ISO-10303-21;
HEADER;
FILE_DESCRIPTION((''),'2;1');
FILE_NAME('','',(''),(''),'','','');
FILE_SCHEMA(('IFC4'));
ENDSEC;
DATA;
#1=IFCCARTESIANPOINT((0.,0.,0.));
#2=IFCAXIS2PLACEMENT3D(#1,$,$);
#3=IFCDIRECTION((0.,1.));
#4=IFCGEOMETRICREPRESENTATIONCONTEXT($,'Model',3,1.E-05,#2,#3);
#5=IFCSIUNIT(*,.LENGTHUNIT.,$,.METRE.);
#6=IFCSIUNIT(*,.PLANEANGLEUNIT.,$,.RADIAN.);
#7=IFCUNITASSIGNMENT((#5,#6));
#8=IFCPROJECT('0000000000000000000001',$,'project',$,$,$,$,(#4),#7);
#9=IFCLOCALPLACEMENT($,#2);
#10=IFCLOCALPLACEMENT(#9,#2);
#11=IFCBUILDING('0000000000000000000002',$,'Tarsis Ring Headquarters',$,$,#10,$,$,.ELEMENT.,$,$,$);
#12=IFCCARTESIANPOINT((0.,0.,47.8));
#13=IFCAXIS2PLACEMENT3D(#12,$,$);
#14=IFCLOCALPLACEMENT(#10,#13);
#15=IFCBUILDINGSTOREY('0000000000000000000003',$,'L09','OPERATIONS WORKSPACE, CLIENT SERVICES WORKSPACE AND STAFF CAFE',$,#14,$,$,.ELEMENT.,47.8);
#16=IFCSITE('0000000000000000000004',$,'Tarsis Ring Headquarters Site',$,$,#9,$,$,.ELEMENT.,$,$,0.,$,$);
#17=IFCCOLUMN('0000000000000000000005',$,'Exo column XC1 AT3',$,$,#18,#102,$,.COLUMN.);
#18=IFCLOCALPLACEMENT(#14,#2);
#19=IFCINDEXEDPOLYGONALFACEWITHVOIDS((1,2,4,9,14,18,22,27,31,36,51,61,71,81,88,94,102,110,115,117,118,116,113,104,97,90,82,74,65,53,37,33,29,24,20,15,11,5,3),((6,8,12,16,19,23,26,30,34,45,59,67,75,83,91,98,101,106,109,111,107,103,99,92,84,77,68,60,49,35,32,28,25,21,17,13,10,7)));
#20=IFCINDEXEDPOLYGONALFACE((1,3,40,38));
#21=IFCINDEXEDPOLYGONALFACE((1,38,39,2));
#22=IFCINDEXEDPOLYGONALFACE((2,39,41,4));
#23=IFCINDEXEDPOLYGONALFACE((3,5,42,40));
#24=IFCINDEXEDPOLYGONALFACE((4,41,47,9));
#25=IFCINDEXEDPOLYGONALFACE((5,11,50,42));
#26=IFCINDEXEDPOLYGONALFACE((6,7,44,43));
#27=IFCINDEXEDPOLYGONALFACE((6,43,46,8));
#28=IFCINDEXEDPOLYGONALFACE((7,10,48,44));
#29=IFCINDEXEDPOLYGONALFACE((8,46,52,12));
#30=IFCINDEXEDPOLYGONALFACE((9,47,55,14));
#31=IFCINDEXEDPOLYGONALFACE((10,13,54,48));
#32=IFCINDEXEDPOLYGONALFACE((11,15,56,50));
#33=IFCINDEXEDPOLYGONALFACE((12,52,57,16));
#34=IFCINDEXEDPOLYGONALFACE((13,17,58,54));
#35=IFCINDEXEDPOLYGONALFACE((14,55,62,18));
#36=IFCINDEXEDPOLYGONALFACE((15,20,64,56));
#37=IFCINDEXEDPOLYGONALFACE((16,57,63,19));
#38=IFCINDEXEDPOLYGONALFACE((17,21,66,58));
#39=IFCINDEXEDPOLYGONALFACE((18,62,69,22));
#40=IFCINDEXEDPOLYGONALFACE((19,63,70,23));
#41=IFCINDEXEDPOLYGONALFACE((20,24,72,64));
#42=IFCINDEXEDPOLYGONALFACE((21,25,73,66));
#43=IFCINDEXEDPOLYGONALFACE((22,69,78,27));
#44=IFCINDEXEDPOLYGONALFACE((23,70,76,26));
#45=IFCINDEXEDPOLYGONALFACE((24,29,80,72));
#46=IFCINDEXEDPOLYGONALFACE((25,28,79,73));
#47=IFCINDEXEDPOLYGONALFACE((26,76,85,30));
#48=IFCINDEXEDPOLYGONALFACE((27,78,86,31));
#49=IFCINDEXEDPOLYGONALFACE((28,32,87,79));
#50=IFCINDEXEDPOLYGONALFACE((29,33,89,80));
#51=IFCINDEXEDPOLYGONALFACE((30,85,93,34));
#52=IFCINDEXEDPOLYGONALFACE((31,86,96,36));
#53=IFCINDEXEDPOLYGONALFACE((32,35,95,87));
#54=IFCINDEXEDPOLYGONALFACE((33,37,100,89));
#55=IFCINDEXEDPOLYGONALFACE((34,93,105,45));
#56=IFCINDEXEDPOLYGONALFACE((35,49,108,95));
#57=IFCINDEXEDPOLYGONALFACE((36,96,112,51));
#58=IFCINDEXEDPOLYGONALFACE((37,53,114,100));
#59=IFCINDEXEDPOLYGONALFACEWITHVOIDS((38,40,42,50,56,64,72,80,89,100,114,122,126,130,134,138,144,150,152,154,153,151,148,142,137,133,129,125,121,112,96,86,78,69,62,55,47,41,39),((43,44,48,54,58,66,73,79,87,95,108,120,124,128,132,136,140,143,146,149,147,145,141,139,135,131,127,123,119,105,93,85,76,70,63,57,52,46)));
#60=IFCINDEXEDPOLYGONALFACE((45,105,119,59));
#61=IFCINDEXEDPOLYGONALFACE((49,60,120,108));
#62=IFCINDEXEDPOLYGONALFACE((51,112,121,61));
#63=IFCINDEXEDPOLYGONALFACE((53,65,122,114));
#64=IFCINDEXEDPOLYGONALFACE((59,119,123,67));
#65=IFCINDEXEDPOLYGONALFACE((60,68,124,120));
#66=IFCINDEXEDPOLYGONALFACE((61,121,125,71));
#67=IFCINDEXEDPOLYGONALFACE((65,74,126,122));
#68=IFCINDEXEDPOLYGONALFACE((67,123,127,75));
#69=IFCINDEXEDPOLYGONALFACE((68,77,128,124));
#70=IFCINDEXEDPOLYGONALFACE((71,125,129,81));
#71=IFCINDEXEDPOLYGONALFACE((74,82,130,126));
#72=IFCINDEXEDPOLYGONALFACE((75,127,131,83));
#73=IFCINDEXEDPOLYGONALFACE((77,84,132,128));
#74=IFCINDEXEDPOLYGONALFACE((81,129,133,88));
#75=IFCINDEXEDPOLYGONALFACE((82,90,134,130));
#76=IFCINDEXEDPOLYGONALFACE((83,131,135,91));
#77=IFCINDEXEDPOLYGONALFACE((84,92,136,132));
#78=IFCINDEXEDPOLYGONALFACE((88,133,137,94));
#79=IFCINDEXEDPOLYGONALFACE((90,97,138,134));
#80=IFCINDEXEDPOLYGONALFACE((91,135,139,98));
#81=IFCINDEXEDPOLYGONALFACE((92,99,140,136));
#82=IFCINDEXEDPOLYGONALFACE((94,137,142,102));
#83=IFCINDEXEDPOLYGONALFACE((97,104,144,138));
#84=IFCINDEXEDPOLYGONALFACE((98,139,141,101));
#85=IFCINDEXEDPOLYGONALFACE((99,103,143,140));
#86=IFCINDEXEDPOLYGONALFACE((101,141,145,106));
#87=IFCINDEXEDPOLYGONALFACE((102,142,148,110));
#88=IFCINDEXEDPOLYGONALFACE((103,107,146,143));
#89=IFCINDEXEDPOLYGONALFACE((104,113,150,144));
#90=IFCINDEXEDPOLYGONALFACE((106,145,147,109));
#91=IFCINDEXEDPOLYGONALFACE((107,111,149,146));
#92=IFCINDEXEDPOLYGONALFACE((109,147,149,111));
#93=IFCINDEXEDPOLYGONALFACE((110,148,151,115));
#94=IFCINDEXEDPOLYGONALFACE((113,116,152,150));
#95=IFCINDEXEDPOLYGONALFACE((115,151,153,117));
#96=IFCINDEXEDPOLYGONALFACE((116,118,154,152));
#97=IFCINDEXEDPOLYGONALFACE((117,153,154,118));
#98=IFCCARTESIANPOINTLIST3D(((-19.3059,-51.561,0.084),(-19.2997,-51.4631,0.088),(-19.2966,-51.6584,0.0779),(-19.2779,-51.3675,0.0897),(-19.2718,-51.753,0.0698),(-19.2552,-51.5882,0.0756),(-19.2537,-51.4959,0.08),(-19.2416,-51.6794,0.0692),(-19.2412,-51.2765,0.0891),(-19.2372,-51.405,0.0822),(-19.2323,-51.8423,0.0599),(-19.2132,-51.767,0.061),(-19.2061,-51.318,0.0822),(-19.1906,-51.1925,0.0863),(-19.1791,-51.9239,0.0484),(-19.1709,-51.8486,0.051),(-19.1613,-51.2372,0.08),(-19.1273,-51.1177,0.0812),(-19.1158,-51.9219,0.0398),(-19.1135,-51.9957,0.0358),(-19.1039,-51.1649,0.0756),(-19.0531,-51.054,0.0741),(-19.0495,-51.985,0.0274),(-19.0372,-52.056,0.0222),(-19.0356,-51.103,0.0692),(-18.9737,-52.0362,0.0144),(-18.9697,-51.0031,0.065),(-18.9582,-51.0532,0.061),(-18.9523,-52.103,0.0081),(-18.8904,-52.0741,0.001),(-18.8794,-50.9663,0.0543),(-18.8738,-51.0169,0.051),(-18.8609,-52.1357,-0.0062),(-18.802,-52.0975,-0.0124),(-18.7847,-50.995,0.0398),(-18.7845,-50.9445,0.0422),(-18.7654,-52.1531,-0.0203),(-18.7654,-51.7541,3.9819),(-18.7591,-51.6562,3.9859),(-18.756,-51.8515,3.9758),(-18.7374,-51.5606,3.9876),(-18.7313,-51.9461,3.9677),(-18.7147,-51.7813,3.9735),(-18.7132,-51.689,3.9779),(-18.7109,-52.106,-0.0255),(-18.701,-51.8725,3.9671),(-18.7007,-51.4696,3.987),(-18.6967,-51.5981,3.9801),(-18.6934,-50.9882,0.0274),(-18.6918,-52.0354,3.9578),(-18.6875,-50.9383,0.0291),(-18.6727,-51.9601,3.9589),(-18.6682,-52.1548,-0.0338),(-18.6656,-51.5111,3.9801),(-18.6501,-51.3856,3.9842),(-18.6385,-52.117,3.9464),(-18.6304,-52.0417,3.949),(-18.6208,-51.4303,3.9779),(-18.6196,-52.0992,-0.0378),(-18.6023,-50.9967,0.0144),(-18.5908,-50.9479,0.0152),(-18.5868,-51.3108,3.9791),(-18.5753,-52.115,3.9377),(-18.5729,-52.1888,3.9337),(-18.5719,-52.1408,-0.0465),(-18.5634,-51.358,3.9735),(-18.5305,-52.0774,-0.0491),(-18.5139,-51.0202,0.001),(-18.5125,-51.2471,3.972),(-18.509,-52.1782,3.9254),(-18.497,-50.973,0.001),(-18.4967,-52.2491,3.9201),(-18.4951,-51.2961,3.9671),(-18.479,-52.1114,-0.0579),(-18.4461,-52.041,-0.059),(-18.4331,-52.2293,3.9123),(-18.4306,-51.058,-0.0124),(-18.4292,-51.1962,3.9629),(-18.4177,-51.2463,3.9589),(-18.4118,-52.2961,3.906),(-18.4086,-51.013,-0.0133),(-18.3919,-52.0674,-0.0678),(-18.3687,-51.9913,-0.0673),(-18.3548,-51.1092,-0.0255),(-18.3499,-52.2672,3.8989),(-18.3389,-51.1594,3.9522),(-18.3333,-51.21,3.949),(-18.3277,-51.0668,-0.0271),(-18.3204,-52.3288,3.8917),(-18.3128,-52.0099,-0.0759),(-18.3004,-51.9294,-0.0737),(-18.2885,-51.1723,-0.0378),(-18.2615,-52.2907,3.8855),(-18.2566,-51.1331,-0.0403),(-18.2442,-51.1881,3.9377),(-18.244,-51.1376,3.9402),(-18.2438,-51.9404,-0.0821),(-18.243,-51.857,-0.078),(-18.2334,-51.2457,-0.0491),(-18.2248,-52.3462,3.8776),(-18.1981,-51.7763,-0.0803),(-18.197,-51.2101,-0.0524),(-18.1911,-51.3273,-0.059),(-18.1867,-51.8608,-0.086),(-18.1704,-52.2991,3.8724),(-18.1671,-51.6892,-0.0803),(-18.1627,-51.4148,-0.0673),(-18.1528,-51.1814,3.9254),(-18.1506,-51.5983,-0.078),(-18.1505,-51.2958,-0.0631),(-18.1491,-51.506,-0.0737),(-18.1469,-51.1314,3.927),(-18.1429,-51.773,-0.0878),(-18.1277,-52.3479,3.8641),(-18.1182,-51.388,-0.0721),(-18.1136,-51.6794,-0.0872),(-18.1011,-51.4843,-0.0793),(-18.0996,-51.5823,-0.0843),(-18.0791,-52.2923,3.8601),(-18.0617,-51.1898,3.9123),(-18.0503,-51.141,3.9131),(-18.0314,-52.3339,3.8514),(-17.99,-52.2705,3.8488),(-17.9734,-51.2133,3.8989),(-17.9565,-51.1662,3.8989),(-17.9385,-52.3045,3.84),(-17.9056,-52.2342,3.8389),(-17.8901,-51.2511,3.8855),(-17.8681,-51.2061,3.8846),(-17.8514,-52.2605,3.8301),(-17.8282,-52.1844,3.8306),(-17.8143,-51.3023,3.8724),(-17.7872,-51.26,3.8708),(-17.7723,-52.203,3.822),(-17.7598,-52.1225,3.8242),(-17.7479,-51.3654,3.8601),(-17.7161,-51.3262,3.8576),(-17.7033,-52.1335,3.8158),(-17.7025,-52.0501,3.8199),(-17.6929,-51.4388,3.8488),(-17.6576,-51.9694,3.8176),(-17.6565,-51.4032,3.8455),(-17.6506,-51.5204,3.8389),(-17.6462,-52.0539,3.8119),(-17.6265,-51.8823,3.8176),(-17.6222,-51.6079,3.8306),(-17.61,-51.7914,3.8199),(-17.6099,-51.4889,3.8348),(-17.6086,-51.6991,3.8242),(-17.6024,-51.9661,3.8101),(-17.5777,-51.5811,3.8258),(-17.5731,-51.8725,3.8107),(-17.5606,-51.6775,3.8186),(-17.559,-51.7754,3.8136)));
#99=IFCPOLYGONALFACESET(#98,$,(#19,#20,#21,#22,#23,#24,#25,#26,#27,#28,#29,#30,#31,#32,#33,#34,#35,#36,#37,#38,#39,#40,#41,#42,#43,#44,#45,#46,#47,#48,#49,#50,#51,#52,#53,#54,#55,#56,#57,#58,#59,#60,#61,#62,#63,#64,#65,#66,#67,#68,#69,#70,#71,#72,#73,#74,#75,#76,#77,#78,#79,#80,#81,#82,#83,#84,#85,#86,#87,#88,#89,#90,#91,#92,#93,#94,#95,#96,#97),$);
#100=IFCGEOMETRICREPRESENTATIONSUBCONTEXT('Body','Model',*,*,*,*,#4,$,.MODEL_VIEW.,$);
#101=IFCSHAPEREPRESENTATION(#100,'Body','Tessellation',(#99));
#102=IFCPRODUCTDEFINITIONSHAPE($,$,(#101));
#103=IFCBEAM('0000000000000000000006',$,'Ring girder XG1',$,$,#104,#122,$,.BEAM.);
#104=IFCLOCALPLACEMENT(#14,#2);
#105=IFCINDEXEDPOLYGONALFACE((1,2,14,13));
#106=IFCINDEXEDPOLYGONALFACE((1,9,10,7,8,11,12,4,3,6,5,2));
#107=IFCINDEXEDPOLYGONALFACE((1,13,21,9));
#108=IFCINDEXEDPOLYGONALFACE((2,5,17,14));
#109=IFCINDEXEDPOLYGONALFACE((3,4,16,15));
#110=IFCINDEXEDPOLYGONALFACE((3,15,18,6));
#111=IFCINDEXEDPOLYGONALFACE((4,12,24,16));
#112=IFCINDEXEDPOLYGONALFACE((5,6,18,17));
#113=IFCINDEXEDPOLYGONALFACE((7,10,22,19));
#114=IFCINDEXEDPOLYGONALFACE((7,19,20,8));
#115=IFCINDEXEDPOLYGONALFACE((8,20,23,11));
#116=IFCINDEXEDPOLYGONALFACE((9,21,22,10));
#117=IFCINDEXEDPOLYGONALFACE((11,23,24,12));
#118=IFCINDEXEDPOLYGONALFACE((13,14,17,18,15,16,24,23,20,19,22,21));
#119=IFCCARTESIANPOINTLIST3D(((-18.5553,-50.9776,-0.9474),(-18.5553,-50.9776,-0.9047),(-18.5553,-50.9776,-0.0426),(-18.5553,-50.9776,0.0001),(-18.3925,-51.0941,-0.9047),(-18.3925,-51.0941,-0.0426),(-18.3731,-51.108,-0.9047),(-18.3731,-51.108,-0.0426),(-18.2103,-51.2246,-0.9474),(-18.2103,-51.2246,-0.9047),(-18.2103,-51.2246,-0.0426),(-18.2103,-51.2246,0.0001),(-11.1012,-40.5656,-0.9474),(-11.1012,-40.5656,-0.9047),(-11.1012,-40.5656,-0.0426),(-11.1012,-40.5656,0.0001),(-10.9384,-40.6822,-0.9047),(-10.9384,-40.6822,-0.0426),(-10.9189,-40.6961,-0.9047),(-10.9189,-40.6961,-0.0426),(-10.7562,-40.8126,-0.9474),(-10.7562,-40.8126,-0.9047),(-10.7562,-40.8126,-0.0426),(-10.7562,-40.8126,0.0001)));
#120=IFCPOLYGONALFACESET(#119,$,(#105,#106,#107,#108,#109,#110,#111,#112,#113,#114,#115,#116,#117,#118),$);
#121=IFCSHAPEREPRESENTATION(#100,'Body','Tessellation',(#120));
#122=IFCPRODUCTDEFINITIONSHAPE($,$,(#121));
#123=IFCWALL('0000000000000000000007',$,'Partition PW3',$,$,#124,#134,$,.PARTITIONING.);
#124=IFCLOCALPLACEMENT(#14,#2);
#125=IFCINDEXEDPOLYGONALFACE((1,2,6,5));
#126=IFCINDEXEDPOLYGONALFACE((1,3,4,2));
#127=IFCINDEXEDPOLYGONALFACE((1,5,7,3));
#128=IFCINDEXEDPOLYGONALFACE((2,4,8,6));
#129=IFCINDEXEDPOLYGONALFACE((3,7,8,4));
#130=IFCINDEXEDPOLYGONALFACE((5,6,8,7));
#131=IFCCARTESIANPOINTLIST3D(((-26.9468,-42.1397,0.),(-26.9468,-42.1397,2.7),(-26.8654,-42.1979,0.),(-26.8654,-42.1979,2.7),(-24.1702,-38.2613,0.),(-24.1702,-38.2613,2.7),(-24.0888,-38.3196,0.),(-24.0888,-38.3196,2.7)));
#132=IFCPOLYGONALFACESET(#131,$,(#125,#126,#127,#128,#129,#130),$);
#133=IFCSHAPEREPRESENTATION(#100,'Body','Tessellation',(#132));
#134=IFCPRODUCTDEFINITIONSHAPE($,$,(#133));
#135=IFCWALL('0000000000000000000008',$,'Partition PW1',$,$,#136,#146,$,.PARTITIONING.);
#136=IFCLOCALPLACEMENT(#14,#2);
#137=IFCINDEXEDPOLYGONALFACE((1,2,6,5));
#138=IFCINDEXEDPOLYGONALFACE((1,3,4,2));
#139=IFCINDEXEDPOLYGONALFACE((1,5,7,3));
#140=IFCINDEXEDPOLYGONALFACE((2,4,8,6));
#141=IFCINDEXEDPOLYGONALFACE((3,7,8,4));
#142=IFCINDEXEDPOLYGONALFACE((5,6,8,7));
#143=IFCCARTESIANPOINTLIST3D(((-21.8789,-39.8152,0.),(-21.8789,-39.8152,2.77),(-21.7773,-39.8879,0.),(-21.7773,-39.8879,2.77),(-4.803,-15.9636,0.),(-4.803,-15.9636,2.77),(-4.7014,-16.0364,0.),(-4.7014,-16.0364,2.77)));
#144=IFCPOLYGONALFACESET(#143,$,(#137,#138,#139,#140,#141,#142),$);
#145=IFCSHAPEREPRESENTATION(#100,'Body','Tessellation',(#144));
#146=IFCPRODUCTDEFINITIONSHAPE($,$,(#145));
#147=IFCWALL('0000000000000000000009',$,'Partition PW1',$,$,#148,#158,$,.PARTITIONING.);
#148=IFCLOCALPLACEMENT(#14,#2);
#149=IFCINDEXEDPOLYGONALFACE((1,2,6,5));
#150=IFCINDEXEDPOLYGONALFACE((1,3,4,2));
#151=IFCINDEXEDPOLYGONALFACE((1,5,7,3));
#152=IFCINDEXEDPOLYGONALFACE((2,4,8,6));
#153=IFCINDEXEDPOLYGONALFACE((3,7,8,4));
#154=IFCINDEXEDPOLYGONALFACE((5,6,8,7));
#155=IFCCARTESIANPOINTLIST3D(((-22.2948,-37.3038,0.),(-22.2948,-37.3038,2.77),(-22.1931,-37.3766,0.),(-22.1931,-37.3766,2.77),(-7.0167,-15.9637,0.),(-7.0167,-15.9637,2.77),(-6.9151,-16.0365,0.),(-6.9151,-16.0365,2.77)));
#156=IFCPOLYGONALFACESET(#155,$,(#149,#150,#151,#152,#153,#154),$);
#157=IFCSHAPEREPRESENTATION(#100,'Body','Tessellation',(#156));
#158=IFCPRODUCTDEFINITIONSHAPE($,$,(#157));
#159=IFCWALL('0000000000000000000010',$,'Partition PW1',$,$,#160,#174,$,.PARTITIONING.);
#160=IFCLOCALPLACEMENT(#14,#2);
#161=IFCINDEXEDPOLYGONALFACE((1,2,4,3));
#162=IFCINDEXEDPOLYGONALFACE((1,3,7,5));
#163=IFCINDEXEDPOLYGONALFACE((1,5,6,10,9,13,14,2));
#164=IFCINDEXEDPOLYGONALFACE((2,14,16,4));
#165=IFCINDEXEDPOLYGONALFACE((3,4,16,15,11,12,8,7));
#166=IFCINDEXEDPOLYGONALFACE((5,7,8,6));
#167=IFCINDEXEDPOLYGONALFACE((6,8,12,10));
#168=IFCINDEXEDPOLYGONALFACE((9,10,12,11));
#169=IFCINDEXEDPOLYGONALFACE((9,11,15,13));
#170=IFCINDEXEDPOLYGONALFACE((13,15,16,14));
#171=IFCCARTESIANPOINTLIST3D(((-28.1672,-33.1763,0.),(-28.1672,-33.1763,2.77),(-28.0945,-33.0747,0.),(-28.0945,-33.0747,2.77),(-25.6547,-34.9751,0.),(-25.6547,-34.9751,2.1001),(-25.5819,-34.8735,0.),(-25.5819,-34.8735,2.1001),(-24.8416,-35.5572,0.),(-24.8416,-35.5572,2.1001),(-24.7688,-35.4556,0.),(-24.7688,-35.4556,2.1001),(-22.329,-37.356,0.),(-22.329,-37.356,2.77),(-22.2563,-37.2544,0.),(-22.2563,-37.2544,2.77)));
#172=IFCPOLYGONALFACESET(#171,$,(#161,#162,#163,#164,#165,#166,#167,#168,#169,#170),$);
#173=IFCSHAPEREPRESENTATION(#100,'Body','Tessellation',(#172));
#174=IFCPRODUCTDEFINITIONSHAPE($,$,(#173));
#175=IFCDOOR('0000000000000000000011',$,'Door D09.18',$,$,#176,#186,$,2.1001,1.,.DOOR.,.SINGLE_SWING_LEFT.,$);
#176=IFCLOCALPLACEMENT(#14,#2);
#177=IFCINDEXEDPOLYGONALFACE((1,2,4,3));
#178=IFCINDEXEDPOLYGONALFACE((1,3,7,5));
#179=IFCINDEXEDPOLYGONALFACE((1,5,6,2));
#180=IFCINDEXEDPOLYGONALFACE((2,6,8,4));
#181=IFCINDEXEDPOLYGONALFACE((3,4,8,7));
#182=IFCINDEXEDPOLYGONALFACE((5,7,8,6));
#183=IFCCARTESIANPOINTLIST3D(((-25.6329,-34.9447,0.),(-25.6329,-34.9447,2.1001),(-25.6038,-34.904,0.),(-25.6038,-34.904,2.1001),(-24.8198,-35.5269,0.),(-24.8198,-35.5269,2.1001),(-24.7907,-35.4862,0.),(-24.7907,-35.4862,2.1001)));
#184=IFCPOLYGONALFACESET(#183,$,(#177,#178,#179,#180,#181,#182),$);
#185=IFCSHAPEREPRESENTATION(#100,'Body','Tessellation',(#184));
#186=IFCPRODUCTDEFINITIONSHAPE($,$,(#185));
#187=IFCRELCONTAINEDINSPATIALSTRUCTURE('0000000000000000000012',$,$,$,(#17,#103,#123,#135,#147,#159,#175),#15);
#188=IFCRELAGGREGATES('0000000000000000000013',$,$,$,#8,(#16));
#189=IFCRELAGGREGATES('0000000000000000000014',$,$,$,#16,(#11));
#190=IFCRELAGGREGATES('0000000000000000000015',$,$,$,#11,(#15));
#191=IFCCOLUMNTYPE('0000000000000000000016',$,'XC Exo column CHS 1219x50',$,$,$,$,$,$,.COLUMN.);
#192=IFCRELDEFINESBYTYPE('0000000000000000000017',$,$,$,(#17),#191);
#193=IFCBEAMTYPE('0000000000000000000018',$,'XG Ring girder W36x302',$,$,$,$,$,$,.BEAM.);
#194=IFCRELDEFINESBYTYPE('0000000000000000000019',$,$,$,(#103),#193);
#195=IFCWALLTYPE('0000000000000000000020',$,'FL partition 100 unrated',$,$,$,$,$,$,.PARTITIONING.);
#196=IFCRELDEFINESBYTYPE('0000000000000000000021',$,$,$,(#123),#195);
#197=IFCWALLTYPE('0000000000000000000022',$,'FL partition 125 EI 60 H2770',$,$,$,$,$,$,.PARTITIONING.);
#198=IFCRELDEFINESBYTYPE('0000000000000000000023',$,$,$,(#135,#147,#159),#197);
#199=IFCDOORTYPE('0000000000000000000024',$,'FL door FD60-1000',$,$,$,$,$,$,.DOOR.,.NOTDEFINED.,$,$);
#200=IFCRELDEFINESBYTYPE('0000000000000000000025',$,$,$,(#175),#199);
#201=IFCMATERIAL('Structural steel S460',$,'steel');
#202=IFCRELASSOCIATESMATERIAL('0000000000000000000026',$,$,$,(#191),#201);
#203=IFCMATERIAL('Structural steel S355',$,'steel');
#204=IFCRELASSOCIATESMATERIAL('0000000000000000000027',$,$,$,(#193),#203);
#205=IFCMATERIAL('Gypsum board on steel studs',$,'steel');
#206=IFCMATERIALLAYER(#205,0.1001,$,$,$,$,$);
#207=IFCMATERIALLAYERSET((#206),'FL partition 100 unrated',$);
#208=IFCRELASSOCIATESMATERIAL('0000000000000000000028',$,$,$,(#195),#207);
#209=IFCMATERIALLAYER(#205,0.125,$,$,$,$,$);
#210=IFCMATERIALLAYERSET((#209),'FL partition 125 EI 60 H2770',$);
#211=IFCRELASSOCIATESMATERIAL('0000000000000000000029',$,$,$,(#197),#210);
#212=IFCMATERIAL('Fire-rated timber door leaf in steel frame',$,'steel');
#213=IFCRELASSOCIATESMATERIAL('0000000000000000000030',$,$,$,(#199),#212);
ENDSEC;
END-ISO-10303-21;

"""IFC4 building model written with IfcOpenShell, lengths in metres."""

from ifc_helpers import new_model, si_unit, direction, frame, frame_2d, origin, origin_2d, place, context, subcontext, project, spatial, rectangle, hollow_circle, i_section, extrude, material, layer, layer_set, material_profile, profile_set, type_object, element, fill, save


model = new_model("IFC4")

# Units and contexts
model_context = context("Model", 3, precision=1e-05, world=origin(), true_north=direction((0.0, 1.0)))
body_context = subcontext(model_context, "Body", "Model", "MODEL_VIEW")
ifc_project = project(units=[si_unit("LENGTHUNIT", "METRE"), si_unit("PLANEANGLEUNIT", "RADIAN")], contexts=[model_context])

# Site, building, storey
site_placement = place(None, origin())
site = spatial("IfcSite", under=ifc_project, at=site_placement, Name="Tarsis Ring Headquarters Site", CompositionType="ELEMENT", RefElevation=0.0)
building_placement = place(site_placement, origin())
building = spatial("IfcBuilding", under=site, at=building_placement, Name="Tarsis Ring Headquarters", CompositionType="ELEMENT")
storey_placement = place(building_placement, frame((0.0, 0.0, 47.8)))
storey = spatial("IfcBuildingStorey", under=building, at=storey_placement, Name="L09", Description="OPERATIONS WORKSPACE, CLIENT SERVICES WORKSPACE AND STAFF CAFE", CompositionType="ELEMENT", Elevation=47.8)

# Column
ifc_material_1 = material(Name="Structural steel S460", Category="steel")
ifc_material_profile_1 = material_profile(ifc_material_1, hollow_circle(Radius=0.6096, WallThickness=0.05, at=origin_2d()), Name="CHS 1219x50")
ifc_profile_set_1 = profile_set([ifc_material_profile_1], Name="Structural steel S460")
column_type = type_object("IfcColumnType", Name="XC Exo column CHS 1219x50", PredefinedType="COLUMN", material=ifc_profile_set_1)
column_placement = place(storey_placement, frame((-18.7021, -51.5471, 0.001), z_axis=(0.13719, -0.049014, 0.989331), x_axis=(0.336444, 0.941703, 0.0)))
element("IfcColumn", 1, at=column_placement, inside=storey, type_object=column_type, Name="Exo column XC1 AT3", PredefinedType="COLUMN", context=body_context, shape_type="SweptSolid", body=[
    extrude(hollow_circle(Radius=0.6096, WallThickness=0.05, at=origin_2d()), origin(), (0.0, 0.0, 1.0), 3.9399),
])

# Beam
ifc_material_2 = material(Name="Structural steel S355", Category="steel")
ifc_material_profile_2 = material_profile(ifc_material_2, i_section(OverallWidth=0.4243, OverallDepth=0.9475, WebThickness=0.0239, FlangeThickness=0.0427, at=origin_2d()), Name="W36x302")
ifc_profile_set_2 = profile_set([ifc_material_profile_2], Name="Structural steel S355")
beam_type = type_object("IfcBeamType", Name="XG Ring girder W36x302", PredefinedType="BEAM", material=ifc_profile_set_2)
beam_placement = place(storey_placement, frame((-18.3828, -51.1011, -0.4736), z_axis=(0.58212, 0.813103, 0.0), x_axis=(-0.813103, 0.58212, 0.0)))
element("IfcBeam", 2, at=beam_placement, inside=storey, type_object=beam_type, Name="Ring girder XG1", PredefinedType="BEAM", context=body_context, shape_type="SweptSolid", body=[
    extrude(i_section(OverallWidth=0.4243, OverallDepth=0.9475, WebThickness=0.0239, FlangeThickness=0.0427, at=origin_2d()), origin(), (0.0, 0.0, 1.0), 12.8052),
])

# Walls
ifc_material_3 = material(Name="Gypsum board on steel studs", Category="steel")
ifc_layer_1 = layer(ifc_material_3, 0.1001)
ifc_layer_set_1 = layer_set([ifc_layer_1], Name="FL partition 100 unrated")
wall_type_1 = type_object("IfcWallType", Name="FL partition 100 unrated", PredefinedType="PARTITIONING", material=ifc_layer_set_1)
wall_1_placement = place(storey_placement, frame((-26.906, -42.1687, 0.0), z_axis=(0.0, 0.0, 1.0), x_axis=(0.582114, 0.813107, 0.0)))
element("IfcWall", 3, at=wall_1_placement, inside=storey, type_object=wall_type_1, Name="Partition PW3", PredefinedType="PARTITIONING", context=body_context, shape_type="SweptSolid", body=[
    extrude(rectangle(XDim=4.7698, YDim=0.1001, at=frame_2d((2.3848, 0.0))), origin(), (0.0, 0.0, 1.0), 2.7),
])
ifc_layer_2 = layer(ifc_material_3, 0.125)
ifc_layer_set_2 = layer_set([ifc_layer_2], Name="FL partition 125 EI 60 H2770")
wall_type_2 = type_object("IfcWallType", Name="FL partition 125 EI 60 H2770", PredefinedType="PARTITIONING", material=ifc_layer_set_2)
wall_2_placement = place(storey_placement, frame((-21.8281, -39.8516, 0.0), z_axis=(0.0, 0.0, 1.0), x_axis=(0.58212, 0.813103, 0.0)))
element("IfcWall", 4, at=wall_2_placement, inside=storey, type_object=wall_type_2, Name="Partition PW1", PredefinedType="PARTITIONING", context=body_context, shape_type="SweptSolid", body=[
    extrude(rectangle(XDim=29.334, YDim=0.125, at=frame_2d((14.667, 0.0))), origin(), (0.0, 0.0, 1.0), 2.77),
])
wall_3_placement = place(storey_placement, frame((-22.2439, -37.3401, 0.0), z_axis=(0.0, 0.0, 1.0), x_axis=(0.582125, 0.813099, 0.0)))
element("IfcWall", 5, at=wall_3_placement, inside=storey, type_object=wall_type_2, Name="Partition PW1", PredefinedType="PARTITIONING", context=body_context, shape_type="SweptSolid", body=[
    extrude(rectangle(XDim=26.2454, YDim=0.125, at=frame_2d((13.1226, 0.0))), origin(), (0.0, 0.0, 1.0), 2.77),
])

# Wall, opening, door
wall_4_placement = place(storey_placement, frame((-28.1309, -33.1255, 0.0), z_axis=(0.0, 0.0, 1.0), x_axis=(0.813101, -0.582122, 0.0)))
wall_4 = element("IfcWall", 6, at=wall_4_placement, inside=storey, type_object=wall_type_2, Name="Partition PW1", PredefinedType="PARTITIONING", context=body_context, shape_type="SweptSolid", body=[
    extrude(rectangle(XDim=7.1802, YDim=0.125, at=frame_2d((3.5901, 0.0))), origin(), (0.0, 0.0, 1.0), 2.77),
])
opening_1_placement = place(wall_4_placement, frame((3.0901, 0.0, 0.0)))
opening_1 = element("IfcOpeningElement", 7, at=opening_1_placement, cuts=wall_4, PredefinedType="OPENING", context=body_context, shape_type="SweptSolid", body=[
    extrude(rectangle(XDim=1.0, YDim=2.1001, at=frame_2d((0.5, 1.05))), frame((0.0, 0.0725, 0.0), z_axis=(0.0, -1.0, 0.0), x_axis=(1.0, 0.0, 0.0)), (0.0, 0.0, 1.0), 0.145),
])
ifc_material_4 = material(Name="Fire-rated timber door leaf in steel frame", Category="steel")
door_type_1 = type_object("IfcDoorType", Name="FL door FD60-1000", OperationType="NOTDEFINED", PredefinedType="DOOR", material=ifc_material_4)
door_1_placement = place(opening_1_placement, origin())
door_1 = element("IfcDoor", 8, at=door_1_placement, inside=storey, type_object=door_type_1, Name="Door D09.18", OperationType="SINGLE_SWING_LEFT", OverallHeight=2.1001, OverallWidth=1.0, PredefinedType="DOOR", context=body_context, shape_type="SweptSolid", body=[
    extrude(rectangle(XDim=1.0, YDim=2.1001, at=frame_2d((0.5, 1.05))), frame((0.0, 0.0249, 0.0), z_axis=(0.0, -1.0, 0.0), x_axis=(1.0, 0.0, 0.0)), (0.0, 0.0, 1.0), 0.05),
])
fill(opening_1, door_1)

save(model, "model.ifc")
